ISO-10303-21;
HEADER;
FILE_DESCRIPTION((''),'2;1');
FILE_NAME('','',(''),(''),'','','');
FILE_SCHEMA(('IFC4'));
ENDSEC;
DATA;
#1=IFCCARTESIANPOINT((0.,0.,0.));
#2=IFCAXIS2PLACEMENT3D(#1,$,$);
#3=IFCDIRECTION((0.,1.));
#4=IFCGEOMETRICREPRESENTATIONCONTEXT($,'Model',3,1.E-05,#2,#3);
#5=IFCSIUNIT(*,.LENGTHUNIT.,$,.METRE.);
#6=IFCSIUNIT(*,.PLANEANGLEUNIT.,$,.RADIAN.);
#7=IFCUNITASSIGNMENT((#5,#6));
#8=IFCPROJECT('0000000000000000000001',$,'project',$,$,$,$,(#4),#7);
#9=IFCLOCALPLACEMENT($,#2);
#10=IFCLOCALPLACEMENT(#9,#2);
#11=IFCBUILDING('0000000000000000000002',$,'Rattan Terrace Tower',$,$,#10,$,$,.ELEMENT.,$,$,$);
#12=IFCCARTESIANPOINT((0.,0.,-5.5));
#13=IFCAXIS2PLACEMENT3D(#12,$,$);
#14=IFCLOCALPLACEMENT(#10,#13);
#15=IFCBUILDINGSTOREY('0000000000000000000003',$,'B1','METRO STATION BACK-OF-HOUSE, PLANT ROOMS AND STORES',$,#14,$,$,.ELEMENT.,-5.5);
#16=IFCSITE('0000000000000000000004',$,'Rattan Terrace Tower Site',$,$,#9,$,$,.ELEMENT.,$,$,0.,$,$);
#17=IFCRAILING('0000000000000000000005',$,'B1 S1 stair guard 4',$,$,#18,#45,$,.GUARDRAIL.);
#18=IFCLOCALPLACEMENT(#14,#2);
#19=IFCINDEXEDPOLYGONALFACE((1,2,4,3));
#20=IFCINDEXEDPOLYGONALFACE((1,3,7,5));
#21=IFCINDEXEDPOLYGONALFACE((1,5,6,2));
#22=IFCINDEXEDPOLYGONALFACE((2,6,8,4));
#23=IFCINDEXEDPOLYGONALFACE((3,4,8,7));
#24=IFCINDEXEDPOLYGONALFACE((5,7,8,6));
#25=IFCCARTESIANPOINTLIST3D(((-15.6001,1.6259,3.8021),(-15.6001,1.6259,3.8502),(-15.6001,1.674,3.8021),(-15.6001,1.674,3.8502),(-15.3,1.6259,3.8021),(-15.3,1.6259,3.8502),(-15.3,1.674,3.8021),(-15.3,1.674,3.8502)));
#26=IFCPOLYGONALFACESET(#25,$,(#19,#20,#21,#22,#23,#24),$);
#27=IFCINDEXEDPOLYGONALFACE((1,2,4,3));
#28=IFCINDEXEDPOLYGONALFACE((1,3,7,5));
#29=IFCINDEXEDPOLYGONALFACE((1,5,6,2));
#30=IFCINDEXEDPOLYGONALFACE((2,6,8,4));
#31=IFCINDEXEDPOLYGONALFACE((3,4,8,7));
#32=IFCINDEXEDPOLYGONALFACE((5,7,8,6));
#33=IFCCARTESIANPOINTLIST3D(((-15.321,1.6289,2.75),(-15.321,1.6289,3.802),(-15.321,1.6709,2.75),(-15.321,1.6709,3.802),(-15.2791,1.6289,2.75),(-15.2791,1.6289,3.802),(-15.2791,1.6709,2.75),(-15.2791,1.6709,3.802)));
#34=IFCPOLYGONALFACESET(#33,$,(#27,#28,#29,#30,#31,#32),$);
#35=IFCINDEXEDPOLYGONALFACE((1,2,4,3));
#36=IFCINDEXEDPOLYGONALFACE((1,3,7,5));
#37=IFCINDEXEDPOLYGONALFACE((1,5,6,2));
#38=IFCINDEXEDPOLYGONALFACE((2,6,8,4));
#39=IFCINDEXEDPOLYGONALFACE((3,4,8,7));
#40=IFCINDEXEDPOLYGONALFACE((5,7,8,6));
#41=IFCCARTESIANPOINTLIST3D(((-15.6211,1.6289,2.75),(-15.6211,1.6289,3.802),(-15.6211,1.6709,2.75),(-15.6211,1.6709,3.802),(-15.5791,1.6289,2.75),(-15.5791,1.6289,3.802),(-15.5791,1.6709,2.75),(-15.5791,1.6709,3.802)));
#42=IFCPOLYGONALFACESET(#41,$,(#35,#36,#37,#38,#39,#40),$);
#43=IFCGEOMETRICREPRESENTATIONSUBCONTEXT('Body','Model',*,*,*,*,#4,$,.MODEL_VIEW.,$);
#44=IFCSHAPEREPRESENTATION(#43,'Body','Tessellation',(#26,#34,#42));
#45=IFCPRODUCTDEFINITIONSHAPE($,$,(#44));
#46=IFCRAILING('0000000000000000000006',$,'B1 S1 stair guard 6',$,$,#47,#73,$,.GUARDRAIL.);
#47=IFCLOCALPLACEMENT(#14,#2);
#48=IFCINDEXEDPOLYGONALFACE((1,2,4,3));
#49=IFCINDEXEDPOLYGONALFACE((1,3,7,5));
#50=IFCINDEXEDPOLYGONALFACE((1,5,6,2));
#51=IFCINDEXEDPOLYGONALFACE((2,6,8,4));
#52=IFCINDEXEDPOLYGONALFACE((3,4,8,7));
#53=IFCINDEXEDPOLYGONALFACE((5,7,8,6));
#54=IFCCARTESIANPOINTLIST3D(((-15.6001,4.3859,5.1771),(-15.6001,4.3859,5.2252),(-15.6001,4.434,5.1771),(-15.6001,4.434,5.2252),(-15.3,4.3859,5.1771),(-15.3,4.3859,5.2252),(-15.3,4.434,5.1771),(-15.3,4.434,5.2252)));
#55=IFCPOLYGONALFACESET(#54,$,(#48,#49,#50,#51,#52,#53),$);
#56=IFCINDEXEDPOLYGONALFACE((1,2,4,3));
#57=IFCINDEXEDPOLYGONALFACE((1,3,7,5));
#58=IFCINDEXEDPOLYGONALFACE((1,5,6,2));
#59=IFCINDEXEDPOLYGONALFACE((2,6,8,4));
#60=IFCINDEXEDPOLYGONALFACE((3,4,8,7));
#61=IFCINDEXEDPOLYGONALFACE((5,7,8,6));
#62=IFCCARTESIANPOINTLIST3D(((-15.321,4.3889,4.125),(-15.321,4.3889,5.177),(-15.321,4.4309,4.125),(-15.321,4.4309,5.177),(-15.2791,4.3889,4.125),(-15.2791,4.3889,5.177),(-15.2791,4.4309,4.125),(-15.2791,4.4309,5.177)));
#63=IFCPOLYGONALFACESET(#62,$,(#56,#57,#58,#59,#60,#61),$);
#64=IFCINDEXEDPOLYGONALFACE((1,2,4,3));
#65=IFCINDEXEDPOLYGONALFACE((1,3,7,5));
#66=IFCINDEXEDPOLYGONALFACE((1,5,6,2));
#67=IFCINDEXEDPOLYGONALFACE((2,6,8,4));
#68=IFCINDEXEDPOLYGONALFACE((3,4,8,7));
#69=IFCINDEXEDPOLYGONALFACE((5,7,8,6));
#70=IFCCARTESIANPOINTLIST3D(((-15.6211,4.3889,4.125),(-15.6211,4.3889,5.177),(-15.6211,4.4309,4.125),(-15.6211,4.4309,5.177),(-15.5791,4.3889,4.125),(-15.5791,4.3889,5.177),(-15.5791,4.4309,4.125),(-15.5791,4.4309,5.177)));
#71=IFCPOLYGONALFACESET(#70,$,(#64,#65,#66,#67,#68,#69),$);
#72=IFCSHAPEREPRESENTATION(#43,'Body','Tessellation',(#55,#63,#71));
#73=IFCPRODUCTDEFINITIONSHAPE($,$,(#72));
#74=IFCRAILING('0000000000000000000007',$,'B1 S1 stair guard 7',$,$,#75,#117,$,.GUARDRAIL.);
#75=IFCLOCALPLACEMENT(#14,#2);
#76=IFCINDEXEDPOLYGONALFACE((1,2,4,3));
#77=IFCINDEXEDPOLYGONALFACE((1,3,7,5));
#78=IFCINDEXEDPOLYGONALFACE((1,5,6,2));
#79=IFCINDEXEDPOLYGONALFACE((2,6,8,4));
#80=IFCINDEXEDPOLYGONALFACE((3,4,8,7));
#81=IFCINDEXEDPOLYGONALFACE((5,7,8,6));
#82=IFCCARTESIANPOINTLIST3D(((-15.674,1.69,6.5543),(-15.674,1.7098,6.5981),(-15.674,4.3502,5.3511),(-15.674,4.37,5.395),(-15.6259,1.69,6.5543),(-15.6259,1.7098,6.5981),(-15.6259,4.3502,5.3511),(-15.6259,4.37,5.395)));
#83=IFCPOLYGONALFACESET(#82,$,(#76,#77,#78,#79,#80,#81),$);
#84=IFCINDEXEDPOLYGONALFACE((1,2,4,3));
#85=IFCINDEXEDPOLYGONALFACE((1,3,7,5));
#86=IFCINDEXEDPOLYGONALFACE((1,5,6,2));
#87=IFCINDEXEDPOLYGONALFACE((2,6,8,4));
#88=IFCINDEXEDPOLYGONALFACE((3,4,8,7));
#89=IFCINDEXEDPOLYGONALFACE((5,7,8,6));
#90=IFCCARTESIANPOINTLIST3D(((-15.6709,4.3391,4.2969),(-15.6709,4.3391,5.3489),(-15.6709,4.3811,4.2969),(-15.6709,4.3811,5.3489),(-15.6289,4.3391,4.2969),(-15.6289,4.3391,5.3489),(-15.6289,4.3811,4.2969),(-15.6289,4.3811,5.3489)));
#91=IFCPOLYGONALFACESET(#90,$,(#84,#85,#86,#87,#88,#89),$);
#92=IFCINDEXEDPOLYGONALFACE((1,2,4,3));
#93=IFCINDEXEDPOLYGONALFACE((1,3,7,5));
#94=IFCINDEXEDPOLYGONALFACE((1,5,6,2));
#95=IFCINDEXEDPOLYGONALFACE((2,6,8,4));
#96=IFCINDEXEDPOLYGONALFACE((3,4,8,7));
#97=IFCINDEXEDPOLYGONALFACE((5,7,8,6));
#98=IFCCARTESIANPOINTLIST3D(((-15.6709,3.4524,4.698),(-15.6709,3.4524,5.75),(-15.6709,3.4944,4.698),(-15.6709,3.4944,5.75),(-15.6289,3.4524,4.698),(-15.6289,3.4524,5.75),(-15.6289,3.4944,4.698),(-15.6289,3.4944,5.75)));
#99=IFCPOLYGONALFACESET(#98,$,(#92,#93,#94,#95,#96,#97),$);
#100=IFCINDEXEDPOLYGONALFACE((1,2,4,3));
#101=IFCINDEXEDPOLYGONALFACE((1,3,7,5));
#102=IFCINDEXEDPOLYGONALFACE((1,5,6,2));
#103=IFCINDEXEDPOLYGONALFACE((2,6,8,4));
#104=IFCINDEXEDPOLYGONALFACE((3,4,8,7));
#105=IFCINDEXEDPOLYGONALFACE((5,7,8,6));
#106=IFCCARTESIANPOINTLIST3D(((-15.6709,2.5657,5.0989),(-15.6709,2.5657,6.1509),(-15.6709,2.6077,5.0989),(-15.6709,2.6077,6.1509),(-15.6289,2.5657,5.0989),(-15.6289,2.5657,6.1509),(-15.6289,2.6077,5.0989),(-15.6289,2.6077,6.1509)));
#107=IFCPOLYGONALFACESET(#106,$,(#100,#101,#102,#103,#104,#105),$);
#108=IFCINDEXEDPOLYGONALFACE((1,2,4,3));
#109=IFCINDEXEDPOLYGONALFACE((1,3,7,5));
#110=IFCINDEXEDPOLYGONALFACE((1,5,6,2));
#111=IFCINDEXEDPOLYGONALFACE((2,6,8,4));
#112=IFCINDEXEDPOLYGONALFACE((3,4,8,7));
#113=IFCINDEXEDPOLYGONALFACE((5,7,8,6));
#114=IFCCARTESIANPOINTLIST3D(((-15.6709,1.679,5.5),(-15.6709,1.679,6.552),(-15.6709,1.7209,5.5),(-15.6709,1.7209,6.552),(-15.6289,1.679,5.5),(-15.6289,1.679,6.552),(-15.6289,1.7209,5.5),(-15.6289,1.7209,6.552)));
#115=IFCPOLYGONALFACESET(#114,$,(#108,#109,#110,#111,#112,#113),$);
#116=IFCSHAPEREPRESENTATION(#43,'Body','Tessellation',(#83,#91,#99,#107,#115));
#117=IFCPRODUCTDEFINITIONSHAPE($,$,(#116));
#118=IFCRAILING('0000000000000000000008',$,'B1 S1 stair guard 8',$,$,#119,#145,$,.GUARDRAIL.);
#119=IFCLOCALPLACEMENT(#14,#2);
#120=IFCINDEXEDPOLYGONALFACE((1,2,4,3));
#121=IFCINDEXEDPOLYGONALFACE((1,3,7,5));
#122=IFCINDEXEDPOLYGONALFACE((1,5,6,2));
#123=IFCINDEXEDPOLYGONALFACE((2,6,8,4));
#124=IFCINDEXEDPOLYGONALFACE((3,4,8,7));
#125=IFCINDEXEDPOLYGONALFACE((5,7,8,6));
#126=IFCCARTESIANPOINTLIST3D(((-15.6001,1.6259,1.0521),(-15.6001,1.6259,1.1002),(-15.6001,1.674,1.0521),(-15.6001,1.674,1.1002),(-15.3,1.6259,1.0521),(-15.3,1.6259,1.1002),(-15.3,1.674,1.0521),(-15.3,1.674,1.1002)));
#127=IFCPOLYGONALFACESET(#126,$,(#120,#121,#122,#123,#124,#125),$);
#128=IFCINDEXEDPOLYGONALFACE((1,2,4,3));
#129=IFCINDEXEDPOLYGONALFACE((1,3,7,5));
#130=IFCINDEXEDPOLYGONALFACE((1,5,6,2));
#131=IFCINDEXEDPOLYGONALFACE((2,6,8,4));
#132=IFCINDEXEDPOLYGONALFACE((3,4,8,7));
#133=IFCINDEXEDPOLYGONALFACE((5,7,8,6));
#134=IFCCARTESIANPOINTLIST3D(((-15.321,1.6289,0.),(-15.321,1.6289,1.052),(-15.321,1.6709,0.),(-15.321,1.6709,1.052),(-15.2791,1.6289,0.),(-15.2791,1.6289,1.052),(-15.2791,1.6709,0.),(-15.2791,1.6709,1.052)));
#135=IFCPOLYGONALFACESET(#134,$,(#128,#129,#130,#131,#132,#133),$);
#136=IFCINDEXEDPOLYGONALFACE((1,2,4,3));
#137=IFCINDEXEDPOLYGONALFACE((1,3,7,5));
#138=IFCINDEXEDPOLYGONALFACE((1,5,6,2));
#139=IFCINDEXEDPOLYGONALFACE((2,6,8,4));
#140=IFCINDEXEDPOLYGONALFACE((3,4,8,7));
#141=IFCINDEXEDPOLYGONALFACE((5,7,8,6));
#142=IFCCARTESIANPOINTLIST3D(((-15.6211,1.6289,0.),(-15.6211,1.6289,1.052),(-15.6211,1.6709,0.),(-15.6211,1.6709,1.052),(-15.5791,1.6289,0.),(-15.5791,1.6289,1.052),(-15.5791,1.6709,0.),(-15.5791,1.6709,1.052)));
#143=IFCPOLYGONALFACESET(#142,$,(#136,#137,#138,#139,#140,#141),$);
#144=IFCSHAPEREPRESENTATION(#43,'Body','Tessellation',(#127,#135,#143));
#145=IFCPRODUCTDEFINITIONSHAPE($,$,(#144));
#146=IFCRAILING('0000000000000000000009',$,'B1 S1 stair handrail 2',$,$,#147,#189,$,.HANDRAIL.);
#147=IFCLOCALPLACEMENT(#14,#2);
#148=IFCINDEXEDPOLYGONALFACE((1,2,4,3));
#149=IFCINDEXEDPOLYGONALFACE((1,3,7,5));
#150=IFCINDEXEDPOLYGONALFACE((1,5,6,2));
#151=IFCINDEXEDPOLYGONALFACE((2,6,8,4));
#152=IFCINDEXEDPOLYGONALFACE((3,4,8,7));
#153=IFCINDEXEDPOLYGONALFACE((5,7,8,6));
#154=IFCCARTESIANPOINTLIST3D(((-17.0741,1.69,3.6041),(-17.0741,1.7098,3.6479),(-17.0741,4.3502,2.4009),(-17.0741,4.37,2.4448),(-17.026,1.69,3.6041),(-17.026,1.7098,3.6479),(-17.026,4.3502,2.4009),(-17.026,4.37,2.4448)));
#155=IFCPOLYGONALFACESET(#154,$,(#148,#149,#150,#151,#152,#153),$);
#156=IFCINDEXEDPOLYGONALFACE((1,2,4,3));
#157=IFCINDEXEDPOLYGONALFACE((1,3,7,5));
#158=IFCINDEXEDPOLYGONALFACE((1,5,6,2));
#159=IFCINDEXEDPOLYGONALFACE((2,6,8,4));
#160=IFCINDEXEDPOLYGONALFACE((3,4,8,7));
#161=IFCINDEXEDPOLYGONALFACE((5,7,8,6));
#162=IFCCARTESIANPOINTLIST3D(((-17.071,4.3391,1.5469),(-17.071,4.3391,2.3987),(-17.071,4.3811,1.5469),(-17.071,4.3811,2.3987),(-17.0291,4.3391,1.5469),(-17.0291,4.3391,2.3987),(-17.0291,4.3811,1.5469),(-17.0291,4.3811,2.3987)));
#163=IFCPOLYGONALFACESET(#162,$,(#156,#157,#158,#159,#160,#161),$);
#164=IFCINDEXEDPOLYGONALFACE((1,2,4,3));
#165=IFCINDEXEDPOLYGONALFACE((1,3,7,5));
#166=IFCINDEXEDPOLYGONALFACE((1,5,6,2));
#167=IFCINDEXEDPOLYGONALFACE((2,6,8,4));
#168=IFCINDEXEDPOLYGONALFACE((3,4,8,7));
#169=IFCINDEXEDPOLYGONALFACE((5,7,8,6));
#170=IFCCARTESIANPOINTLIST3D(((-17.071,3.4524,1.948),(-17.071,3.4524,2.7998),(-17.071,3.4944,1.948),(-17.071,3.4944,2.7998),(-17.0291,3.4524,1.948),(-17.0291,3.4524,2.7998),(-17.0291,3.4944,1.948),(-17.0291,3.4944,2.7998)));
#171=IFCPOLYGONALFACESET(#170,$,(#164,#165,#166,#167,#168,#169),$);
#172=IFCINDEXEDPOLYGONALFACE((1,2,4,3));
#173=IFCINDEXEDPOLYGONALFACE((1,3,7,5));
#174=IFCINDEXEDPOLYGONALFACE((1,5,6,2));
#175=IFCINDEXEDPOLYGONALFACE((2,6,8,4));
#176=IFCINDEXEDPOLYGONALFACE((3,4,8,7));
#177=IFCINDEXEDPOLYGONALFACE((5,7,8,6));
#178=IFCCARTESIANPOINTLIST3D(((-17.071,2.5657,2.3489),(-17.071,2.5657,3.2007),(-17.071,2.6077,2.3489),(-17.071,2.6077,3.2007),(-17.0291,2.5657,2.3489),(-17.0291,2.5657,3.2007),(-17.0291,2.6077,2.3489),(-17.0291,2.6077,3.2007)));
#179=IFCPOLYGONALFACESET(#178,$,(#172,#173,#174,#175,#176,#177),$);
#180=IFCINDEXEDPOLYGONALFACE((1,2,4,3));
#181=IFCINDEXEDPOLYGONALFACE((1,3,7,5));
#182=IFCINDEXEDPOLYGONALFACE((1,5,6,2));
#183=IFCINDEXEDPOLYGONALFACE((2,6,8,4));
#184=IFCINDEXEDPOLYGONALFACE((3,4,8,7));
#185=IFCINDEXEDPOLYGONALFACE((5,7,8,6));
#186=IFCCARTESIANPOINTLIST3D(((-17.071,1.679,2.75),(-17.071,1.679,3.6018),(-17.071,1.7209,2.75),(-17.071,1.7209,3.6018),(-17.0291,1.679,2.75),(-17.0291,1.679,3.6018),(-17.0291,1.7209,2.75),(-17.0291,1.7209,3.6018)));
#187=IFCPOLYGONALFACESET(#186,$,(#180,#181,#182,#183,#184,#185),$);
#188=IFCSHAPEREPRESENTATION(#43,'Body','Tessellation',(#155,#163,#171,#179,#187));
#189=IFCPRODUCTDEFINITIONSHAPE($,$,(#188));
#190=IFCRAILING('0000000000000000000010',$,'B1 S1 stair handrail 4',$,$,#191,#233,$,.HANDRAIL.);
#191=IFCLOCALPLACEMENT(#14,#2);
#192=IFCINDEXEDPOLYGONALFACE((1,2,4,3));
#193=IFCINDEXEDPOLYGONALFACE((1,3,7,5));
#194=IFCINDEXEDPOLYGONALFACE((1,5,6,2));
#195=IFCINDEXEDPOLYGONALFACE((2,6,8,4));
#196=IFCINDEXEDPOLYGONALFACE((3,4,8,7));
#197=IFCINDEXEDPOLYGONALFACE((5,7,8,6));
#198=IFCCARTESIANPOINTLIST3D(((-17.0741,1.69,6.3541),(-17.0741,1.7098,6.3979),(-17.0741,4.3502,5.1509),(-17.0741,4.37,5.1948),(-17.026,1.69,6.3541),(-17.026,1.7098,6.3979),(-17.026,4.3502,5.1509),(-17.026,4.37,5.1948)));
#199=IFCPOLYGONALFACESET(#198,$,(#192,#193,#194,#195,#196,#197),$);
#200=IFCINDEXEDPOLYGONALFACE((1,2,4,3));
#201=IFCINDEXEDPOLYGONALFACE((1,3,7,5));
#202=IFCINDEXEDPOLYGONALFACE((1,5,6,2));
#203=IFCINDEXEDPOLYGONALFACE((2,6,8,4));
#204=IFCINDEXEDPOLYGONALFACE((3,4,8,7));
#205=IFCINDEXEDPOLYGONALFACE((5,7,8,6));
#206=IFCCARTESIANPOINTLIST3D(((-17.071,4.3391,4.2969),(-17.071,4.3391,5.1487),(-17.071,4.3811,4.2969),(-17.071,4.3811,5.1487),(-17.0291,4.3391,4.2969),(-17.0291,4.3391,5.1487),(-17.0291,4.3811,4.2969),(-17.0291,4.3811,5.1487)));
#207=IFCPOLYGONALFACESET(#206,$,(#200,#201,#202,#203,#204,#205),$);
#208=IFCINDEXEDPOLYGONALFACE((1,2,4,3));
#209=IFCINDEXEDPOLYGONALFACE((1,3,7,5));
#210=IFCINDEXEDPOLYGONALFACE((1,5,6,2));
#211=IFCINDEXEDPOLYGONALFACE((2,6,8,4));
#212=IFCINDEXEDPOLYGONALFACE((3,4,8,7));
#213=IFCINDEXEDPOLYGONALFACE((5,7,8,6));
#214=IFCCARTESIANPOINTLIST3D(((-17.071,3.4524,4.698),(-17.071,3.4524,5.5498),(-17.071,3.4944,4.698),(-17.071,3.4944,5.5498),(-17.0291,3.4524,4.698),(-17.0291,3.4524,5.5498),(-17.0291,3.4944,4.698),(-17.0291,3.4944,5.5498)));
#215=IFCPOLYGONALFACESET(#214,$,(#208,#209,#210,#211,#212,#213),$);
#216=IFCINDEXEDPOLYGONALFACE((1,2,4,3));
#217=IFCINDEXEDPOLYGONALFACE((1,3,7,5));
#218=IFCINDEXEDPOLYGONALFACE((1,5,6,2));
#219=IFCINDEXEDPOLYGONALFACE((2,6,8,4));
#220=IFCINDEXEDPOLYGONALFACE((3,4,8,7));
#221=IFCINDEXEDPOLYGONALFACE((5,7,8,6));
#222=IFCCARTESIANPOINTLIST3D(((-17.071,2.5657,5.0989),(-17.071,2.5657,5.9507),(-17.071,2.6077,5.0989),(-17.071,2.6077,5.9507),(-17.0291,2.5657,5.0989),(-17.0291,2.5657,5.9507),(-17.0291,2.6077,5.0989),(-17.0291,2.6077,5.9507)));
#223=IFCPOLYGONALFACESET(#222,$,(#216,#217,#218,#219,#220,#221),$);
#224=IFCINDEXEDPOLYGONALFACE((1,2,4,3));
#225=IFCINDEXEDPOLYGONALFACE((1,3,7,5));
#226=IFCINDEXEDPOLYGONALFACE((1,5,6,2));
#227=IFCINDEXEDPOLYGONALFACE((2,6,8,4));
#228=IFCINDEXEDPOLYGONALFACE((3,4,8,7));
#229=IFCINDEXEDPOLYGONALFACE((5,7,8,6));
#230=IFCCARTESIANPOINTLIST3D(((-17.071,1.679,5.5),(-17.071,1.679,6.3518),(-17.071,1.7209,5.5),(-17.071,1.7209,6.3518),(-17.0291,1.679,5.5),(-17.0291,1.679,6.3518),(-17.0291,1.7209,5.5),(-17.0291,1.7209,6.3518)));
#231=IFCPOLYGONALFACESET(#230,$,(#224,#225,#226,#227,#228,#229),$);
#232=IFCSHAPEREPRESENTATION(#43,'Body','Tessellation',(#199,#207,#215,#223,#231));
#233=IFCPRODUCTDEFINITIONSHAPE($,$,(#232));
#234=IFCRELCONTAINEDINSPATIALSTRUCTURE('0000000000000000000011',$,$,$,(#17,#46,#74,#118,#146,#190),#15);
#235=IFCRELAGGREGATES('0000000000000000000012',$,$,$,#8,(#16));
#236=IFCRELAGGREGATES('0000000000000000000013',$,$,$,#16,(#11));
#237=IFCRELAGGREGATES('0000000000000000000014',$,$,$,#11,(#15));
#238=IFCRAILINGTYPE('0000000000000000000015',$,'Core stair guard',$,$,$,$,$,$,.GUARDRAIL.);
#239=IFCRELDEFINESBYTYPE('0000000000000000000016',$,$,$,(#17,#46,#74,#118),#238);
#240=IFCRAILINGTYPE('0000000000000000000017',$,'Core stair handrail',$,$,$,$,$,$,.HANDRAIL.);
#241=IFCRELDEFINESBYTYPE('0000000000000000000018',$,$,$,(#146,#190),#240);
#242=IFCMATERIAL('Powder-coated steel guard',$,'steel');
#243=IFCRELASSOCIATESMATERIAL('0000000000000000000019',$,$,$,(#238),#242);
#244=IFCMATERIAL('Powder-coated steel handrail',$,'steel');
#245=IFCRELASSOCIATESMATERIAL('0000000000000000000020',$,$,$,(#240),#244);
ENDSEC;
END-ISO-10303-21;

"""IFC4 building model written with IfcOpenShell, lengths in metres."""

from ifc_helpers import new_model, si_unit, direction, frame, origin, origin_2d, place, context, subcontext, project, spatial, rectangle, extrude, material, type_object, element, save


model = new_model("IFC4")

# Units and contexts
model_context = context("Model", 3, precision=1e-05, world=origin(), true_north=direction((0.0, 1.0)))
body_context = subcontext(model_context, "Body", "Model", "MODEL_VIEW")
ifc_project = project(units=[si_unit("LENGTHUNIT", "METRE"), si_unit("PLANEANGLEUNIT", "RADIAN")], contexts=[model_context])

# Site, building, storey
site_placement = place(None, origin())
site = spatial("IfcSite", under=ifc_project, at=site_placement, Name="Rattan Terrace Tower Site", CompositionType="ELEMENT", RefElevation=0.0)
building_placement = place(site_placement, origin())
building = spatial("IfcBuilding", under=site, at=building_placement, Name="Rattan Terrace Tower", CompositionType="ELEMENT")
storey_placement = place(building_placement, frame((0.0, 0.0, -5.5)))
storey = spatial("IfcBuildingStorey", under=building, at=storey_placement, Name="B1", Description="METRO STATION BACK-OF-HOUSE, PLANT ROOMS AND STORES", CompositionType="ELEMENT", Elevation=-5.5)

# Railings
ifc_material_1 = material(Name="Powder-coated steel guard", Category="steel")
railing_type_1 = type_object("IfcRailingType", Name="Core stair guard", PredefinedType="GUARDRAIL", material=ifc_material_1)
for number, where, name in (
    (1, (-15.3, 1.6499, 2.75), "B1 S1 stair guard 4"),
    (2, (-15.3, 4.4099, 4.125), "B1 S1 stair guard 6"),
):
    element("IfcRailing", number, at=place(storey_placement, frame(where)), inside=storey, type_object=railing_type_1, Name=name, PredefinedType="GUARDRAIL", context=body_context, shape_type="SweptSolid", body=[
        extrude(rectangle(XDim=0.0481, YDim=0.0481, at=origin_2d()), frame((0.0, 0.0, 1.0762), z_axis=(-1.0, 0.0, 0.0), x_axis=(0.0, -1.0, 0.0)), (0.0, 0.0, 1.0), 0.3),
        extrude(rectangle(XDim=0.042, YDim=0.042, at=origin_2d()), origin(), (0.0, 0.0, 1.0), 1.052),
        extrude(rectangle(XDim=0.042, YDim=0.042, at=origin_2d()), frame((-0.3, 0.0, 0.0)), (0.0, 0.0, 1.0), 1.052),
    ])
railing_1_placement = place(storey_placement, frame((-15.6499, 4.3601, 4.2969)))
element("IfcRailing", 3, at=railing_1_placement, inside=storey, type_object=railing_type_1, Name="B1 S1 stair guard 7", PredefinedType="GUARDRAIL", context=body_context, shape_type="SweptSolid", body=[
    extrude(rectangle(XDim=0.0481, YDim=0.0481, at=origin_2d()), frame((0.0, 0.0, 1.0762), z_axis=(0.0, -0.911144, 0.412089), x_axis=(1.0, 0.0, 0.0)), (0.0, 0.0, 1.0), 2.9197),
    extrude(rectangle(XDim=0.042, YDim=0.042, at=origin_2d()), origin(), (0.0, 0.0, 1.0), 1.052),
    extrude(rectangle(XDim=0.042, YDim=0.042, at=origin_2d()), frame((0.0, -0.8867, 0.4011)), (0.0, 0.0, 1.0), 1.052),
    extrude(rectangle(XDim=0.042, YDim=0.042, at=origin_2d()), frame((0.0, -1.7734, 0.802)), (0.0, 0.0, 1.0), 1.052),
    extrude(rectangle(XDim=0.042, YDim=0.042, at=origin_2d()), frame((0.0, -2.6602, 1.2031)), (0.0, 0.0, 1.0), 1.052),
])
railing_2_placement = place(storey_placement, frame((-15.3, 1.6499, 0.0)))
element("IfcRailing", 4, at=railing_2_placement, inside=storey, type_object=railing_type_1, Name="B1 S1 stair guard 8", PredefinedType="GUARDRAIL", context=body_context, shape_type="SweptSolid", body=[
    extrude(rectangle(XDim=0.0481, YDim=0.0481, at=origin_2d()), frame((0.0, 0.0, 1.0762), z_axis=(-1.0, 0.0, 0.0), x_axis=(0.0, -1.0, 0.0)), (0.0, 0.0, 1.0), 0.3),
    extrude(rectangle(XDim=0.042, YDim=0.042, at=origin_2d()), origin(), (0.0, 0.0, 1.0), 1.052),
    extrude(rectangle(XDim=0.042, YDim=0.042, at=origin_2d()), frame((-0.3, 0.0, 0.0)), (0.0, 0.0, 1.0), 1.052),
])
ifc_material_2 = material(Name="Powder-coated steel handrail", Category="steel")
railing_type_2 = type_object("IfcRailingType", Name="Core stair handrail", PredefinedType="HANDRAIL", material=ifc_material_2)
for number, where, name in (
    (5, (-17.05, 4.3601, 1.5469), "B1 S1 stair handrail 2"),
    (6, (-17.05, 4.3601, 4.2969), "B1 S1 stair handrail 4"),
):
    element("IfcRailing", number, at=place(storey_placement, frame(where)), inside=storey, type_object=railing_type_2, Name=name, PredefinedType="HANDRAIL", context=body_context, shape_type="SweptSolid", body=[
        extrude(rectangle(XDim=0.0481, YDim=0.0481, at=origin_2d()), frame((0.0, 0.0, 0.876), z_axis=(0.0, -0.911144, 0.412089), x_axis=(1.0, 0.0, 0.0)), (0.0, 0.0, 1.0), 2.9197),
        extrude(rectangle(XDim=0.042, YDim=0.042, at=origin_2d()), origin(), (0.0, 0.0, 1.0), 0.8518),
        extrude(rectangle(XDim=0.042, YDim=0.042, at=origin_2d()), frame((0.0, -0.8867, 0.4011)), (0.0, 0.0, 1.0), 0.8518),
        extrude(rectangle(XDim=0.042, YDim=0.042, at=origin_2d()), frame((0.0, -1.7734, 0.802)), (0.0, 0.0, 1.0), 0.8518),
        extrude(rectangle(XDim=0.042, YDim=0.042, at=origin_2d()), frame((0.0, -2.6602, 1.2031)), (0.0, 0.0, 1.0), 0.8518),
    ])

save(model, "model.ifc")
